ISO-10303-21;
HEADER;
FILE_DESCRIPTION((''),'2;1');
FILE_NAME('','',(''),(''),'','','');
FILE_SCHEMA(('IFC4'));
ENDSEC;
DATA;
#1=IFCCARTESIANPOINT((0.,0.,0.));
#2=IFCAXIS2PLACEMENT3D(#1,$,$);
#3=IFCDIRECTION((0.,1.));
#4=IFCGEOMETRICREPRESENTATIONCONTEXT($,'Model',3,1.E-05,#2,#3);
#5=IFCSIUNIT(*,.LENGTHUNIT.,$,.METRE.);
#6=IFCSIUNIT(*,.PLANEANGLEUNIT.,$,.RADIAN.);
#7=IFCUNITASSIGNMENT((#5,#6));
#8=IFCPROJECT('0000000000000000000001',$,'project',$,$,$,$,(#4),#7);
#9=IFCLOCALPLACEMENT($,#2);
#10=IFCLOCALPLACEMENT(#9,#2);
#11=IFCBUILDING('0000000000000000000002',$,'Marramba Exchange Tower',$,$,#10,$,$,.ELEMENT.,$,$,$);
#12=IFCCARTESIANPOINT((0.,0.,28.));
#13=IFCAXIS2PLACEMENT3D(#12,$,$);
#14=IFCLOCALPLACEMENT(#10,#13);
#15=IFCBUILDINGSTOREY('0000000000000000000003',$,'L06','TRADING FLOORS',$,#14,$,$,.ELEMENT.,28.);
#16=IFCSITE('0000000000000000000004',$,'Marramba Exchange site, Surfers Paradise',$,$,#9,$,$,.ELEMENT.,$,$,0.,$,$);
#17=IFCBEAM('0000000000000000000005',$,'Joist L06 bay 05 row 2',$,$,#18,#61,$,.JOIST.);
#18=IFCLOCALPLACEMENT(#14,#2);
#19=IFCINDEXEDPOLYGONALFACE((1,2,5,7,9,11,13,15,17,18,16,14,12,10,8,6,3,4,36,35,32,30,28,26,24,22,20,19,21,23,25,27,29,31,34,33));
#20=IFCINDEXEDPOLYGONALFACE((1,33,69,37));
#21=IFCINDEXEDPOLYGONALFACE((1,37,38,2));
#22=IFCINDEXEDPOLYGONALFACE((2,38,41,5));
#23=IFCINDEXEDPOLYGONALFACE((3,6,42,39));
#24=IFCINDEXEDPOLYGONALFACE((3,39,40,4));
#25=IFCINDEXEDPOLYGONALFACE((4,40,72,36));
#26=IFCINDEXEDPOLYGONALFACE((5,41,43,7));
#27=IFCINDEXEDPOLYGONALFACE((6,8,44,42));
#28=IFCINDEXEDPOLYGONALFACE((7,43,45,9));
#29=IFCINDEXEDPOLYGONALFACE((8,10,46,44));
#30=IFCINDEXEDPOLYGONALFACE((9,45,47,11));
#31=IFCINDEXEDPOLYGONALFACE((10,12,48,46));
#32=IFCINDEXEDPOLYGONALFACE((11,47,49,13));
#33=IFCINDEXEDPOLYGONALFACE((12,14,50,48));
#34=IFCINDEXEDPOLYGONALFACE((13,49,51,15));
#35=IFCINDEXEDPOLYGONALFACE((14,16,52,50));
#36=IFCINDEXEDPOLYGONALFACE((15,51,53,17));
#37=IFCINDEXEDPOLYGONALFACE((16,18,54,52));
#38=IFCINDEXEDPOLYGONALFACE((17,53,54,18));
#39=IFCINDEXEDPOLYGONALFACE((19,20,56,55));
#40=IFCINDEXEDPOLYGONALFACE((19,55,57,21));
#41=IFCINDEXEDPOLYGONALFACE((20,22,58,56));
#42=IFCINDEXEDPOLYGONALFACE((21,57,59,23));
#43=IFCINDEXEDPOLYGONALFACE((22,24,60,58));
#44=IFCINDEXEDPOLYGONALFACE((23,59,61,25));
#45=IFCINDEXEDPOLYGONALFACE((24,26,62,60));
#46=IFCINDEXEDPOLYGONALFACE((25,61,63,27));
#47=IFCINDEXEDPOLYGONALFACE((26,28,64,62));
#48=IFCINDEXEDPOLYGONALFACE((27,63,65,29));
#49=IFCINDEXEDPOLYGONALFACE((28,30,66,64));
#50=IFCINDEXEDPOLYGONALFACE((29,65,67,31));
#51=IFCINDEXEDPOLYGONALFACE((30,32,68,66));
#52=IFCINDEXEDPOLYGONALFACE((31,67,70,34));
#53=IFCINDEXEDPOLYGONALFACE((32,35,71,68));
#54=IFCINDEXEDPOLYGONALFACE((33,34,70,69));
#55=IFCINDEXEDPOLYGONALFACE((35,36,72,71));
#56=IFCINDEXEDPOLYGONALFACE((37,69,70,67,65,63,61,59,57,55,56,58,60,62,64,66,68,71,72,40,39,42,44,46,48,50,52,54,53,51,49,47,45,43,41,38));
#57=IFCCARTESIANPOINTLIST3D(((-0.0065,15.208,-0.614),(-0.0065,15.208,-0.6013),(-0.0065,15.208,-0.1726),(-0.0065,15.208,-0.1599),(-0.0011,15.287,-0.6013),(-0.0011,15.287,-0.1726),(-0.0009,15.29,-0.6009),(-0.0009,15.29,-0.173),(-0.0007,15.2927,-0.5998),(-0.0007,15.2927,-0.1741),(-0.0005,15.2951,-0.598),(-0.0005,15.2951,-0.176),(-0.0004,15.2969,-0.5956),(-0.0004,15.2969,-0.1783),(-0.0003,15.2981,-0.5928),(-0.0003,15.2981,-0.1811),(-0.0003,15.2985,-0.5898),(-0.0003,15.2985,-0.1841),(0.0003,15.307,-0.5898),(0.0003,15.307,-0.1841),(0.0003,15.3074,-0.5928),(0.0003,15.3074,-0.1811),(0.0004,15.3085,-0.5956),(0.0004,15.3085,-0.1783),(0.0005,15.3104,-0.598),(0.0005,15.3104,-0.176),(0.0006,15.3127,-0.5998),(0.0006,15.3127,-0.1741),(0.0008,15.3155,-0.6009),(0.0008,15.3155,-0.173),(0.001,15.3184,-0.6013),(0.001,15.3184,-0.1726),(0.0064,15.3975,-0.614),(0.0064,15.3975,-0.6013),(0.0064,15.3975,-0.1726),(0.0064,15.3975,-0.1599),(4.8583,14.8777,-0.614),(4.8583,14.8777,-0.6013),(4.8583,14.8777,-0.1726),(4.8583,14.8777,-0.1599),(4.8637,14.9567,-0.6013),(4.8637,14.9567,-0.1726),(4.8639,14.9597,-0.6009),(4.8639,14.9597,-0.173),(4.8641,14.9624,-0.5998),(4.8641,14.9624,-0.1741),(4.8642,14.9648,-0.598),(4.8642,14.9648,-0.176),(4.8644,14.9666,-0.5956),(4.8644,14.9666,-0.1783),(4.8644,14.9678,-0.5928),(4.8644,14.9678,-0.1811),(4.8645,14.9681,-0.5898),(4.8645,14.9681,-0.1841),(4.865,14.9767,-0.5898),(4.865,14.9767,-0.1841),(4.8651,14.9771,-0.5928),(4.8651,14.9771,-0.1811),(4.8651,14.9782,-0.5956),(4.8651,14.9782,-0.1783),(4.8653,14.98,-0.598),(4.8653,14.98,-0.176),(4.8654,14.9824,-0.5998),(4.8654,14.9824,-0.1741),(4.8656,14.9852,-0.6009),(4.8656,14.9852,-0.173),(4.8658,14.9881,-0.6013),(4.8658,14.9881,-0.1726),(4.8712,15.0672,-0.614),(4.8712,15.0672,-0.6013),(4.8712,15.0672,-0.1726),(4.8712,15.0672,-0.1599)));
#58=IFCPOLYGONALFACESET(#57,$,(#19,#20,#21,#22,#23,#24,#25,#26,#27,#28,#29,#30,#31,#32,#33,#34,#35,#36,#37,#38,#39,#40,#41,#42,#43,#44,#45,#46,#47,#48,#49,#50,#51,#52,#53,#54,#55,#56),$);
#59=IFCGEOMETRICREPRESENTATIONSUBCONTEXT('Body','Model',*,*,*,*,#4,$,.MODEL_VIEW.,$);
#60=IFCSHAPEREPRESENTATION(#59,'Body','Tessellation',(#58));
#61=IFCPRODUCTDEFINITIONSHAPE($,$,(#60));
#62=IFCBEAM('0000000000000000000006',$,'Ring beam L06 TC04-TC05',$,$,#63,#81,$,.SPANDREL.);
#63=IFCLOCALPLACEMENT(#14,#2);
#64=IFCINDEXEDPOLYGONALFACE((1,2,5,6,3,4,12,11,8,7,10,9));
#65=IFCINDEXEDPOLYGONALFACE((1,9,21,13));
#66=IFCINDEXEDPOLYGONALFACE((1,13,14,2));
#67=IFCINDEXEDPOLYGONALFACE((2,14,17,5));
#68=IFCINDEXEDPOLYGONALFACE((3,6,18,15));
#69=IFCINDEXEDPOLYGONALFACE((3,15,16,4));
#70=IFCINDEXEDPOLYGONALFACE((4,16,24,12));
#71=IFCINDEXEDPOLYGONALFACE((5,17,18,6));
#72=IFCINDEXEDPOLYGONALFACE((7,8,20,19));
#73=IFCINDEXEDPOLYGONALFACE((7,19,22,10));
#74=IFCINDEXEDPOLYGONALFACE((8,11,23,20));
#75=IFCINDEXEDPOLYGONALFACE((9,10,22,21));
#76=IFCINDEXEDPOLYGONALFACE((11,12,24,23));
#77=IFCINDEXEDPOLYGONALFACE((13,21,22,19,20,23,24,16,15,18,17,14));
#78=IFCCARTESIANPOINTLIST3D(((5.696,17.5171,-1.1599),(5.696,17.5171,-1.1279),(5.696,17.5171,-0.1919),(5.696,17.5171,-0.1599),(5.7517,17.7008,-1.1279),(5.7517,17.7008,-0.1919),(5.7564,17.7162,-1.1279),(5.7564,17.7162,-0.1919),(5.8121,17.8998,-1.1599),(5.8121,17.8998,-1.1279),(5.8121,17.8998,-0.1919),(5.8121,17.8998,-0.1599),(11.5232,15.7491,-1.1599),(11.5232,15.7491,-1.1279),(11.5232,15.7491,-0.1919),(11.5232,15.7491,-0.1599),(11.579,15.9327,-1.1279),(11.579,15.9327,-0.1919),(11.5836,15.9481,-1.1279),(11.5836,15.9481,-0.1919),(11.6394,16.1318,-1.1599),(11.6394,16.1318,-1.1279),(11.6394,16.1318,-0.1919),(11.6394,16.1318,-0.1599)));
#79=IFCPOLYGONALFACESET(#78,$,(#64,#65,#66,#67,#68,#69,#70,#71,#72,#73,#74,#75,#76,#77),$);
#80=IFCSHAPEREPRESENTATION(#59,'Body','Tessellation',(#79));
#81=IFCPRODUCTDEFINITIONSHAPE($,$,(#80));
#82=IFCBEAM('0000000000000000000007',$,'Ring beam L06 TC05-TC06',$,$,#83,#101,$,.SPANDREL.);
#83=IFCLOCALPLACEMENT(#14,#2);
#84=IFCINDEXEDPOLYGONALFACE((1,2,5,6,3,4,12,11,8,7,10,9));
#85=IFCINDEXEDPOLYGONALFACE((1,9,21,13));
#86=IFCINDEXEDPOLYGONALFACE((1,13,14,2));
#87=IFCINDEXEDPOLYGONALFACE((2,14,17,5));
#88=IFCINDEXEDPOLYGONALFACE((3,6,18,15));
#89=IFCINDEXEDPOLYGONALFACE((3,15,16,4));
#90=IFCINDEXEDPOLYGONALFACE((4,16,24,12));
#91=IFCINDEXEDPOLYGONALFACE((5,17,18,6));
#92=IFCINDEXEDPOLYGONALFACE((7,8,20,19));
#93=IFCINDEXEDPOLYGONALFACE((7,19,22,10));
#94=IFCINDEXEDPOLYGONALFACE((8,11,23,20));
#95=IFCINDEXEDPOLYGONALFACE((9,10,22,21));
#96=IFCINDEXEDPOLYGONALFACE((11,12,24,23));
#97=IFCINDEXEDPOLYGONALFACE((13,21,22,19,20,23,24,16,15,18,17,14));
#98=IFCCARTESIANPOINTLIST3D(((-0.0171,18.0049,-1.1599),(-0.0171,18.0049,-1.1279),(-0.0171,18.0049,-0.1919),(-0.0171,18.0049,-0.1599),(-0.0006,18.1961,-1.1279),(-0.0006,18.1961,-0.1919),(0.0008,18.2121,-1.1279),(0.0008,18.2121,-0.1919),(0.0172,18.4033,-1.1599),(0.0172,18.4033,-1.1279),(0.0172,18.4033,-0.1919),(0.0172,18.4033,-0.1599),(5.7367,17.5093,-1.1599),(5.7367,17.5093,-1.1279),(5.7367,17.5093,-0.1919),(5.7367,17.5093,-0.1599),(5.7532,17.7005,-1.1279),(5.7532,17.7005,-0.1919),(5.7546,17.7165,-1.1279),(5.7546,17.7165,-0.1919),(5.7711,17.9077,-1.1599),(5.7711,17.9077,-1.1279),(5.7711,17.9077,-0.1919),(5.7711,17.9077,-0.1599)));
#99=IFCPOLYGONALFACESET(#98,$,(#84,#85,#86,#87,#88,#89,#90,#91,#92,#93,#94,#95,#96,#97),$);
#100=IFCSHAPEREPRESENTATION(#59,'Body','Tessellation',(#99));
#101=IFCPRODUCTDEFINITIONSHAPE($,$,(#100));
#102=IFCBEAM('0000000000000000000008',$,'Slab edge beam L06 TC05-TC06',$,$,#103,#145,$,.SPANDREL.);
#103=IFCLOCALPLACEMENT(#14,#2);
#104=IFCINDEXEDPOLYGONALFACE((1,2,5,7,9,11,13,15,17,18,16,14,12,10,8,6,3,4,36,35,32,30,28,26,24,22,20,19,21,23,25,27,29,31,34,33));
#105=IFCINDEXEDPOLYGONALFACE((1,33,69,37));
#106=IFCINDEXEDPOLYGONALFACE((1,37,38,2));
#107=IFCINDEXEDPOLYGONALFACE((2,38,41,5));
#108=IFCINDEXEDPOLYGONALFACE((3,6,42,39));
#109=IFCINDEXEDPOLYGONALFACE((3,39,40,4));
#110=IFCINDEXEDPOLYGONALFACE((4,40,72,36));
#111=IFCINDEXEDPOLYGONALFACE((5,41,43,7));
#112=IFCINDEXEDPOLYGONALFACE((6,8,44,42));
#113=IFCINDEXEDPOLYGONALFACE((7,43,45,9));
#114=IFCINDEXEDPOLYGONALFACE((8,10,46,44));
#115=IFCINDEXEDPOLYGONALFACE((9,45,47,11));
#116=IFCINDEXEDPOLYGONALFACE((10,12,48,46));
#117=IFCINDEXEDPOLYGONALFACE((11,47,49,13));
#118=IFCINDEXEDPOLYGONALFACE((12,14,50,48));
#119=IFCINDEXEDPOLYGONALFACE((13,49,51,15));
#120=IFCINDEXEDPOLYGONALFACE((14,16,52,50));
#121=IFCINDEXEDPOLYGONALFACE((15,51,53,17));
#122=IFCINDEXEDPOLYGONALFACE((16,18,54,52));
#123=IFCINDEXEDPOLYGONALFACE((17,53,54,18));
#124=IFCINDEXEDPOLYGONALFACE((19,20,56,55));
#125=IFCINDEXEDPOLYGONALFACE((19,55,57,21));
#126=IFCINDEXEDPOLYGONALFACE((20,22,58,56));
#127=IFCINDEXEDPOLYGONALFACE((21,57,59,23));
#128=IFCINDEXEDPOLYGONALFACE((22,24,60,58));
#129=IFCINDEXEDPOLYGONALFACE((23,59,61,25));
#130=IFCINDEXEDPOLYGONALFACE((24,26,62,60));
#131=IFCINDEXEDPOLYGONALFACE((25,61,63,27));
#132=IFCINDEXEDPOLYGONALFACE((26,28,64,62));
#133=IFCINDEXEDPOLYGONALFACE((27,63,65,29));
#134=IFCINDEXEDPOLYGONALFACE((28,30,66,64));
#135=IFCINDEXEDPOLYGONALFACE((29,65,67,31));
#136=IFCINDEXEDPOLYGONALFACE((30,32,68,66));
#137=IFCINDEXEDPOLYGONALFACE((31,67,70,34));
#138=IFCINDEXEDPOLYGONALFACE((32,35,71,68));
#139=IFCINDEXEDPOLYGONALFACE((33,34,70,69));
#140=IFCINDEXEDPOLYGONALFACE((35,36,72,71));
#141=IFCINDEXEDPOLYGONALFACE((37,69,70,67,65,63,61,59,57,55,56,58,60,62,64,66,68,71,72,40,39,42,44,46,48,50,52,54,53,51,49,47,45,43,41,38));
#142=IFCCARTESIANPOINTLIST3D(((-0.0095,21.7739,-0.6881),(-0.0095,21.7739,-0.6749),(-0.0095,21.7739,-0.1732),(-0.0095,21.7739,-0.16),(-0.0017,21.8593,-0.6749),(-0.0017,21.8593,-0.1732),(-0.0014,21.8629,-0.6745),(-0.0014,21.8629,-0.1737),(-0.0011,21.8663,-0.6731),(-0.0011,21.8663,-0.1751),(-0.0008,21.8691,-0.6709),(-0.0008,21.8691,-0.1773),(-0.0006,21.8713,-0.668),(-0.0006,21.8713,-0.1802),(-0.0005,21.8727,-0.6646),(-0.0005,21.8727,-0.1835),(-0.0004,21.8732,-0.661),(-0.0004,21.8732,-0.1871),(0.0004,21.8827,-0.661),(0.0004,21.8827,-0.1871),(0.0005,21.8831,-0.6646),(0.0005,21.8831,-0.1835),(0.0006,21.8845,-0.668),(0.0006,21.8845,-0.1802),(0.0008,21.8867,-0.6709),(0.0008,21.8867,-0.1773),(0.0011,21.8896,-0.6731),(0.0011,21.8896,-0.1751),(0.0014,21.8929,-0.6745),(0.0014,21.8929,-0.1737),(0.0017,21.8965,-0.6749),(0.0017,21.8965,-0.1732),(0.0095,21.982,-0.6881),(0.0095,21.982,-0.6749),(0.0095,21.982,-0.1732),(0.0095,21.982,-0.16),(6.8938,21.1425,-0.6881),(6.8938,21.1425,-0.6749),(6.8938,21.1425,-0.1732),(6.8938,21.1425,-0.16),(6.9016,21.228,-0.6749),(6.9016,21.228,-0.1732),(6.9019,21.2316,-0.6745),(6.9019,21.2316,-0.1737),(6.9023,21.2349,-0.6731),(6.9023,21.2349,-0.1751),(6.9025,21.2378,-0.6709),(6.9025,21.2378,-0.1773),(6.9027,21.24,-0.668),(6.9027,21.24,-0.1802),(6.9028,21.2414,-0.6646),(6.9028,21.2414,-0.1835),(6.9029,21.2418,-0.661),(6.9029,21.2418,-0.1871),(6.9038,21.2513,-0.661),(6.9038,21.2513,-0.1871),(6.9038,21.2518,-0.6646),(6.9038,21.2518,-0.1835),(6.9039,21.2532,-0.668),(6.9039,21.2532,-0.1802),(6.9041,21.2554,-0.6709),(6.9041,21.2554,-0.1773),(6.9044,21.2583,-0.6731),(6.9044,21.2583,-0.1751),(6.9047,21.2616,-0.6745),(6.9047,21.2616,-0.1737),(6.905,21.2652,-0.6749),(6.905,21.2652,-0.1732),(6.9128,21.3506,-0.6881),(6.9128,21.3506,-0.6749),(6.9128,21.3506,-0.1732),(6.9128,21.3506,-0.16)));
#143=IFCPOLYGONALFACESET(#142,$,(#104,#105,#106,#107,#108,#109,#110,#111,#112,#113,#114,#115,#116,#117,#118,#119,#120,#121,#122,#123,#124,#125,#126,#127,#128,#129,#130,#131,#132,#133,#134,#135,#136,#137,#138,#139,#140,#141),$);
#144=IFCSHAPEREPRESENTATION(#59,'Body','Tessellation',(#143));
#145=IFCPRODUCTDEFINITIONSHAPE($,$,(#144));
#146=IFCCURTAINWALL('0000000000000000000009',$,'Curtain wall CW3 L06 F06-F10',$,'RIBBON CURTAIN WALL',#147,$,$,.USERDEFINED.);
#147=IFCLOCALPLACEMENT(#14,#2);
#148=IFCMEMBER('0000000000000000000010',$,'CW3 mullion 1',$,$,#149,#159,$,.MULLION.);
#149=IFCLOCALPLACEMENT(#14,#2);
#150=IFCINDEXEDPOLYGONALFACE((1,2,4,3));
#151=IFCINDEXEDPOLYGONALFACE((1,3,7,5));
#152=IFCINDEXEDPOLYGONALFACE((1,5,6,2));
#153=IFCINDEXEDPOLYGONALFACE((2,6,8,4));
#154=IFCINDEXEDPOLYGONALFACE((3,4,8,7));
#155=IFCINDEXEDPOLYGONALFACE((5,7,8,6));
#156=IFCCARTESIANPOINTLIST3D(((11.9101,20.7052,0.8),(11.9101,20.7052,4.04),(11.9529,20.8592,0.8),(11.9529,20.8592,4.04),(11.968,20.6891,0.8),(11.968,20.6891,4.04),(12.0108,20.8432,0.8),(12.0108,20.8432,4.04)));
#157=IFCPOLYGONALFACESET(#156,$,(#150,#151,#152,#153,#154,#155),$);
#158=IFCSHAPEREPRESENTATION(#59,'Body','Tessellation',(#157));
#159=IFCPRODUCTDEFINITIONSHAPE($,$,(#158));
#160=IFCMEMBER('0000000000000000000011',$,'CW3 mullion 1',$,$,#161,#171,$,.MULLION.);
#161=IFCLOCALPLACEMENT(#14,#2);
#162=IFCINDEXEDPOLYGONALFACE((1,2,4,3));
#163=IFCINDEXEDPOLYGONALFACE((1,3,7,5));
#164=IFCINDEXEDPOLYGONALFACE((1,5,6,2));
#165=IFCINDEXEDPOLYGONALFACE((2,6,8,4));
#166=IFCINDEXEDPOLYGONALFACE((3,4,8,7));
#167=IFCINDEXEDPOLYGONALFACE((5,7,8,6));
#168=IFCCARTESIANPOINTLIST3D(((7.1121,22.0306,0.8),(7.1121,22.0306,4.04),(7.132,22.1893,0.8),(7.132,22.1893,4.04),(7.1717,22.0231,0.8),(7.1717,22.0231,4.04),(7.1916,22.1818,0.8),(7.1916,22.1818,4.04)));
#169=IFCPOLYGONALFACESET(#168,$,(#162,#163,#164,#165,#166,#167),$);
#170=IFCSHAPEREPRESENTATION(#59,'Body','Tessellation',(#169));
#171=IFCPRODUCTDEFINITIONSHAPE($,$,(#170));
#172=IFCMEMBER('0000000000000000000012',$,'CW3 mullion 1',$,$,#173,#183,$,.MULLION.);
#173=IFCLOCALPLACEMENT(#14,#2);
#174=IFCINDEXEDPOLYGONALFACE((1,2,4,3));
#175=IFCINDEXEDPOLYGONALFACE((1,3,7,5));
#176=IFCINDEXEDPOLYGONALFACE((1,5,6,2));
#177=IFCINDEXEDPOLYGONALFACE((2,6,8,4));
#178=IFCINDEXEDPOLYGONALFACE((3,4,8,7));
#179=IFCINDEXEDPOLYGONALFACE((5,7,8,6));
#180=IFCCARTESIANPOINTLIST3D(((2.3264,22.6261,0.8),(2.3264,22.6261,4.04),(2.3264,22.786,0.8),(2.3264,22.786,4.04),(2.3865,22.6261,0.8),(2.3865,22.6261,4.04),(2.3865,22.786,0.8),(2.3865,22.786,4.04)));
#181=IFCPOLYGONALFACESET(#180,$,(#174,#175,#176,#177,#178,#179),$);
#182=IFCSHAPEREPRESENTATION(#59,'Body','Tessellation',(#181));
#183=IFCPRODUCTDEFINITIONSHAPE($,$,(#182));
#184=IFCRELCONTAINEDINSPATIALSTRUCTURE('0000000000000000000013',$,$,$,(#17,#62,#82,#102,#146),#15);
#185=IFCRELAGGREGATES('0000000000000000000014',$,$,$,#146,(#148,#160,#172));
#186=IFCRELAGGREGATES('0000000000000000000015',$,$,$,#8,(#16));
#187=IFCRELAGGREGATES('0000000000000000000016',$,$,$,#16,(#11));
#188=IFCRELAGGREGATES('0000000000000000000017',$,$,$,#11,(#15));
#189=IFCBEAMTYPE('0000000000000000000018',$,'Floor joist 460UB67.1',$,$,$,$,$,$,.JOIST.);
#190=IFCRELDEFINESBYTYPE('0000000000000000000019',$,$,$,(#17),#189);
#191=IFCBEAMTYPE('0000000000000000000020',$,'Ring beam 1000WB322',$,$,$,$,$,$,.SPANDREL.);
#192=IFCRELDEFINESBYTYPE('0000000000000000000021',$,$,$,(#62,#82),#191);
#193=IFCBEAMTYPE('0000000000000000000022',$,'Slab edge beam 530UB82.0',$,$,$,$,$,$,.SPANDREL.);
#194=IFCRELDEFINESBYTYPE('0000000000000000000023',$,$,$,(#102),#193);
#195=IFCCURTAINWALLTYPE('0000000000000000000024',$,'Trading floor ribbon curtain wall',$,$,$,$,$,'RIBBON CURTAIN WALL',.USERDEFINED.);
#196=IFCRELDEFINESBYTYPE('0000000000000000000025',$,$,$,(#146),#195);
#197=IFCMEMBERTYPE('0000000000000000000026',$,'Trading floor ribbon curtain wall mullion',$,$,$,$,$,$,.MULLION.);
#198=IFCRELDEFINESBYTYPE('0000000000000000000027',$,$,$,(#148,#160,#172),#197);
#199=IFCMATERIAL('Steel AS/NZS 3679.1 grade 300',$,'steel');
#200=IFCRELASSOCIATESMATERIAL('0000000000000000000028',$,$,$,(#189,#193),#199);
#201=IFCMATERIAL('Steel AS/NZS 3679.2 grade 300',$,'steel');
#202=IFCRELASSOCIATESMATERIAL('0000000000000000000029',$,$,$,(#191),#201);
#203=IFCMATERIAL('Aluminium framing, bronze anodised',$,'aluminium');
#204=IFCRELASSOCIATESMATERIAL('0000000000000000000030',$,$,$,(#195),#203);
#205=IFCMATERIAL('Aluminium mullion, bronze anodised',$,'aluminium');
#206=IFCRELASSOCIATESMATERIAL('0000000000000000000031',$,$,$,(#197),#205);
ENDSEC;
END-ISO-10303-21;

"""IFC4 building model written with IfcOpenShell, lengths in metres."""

from ifc_helpers import new_model, si_unit, direction, frame, origin, origin_2d, place, context, subcontext, project, spatial, rectangle, i_section, extrude, material, material_profile, profile_set, type_object, element, aggregate, save


model = new_model("IFC4")

# Units and contexts
model_context = context("Model", 3, precision=1e-05, world=origin(), true_north=direction((0.0, 1.0)))
body_context = subcontext(model_context, "Body", "Model", "MODEL_VIEW")
ifc_project = project(units=[si_unit("LENGTHUNIT", "METRE"), si_unit("PLANEANGLEUNIT", "RADIAN")], contexts=[model_context])

# Site, building, storey
site_placement = place(None, origin())
site = spatial("IfcSite", under=ifc_project, at=site_placement, Name="Marramba Exchange site, Surfers Paradise", CompositionType="ELEMENT", RefElevation=0.0)
building_placement = place(site_placement, origin())
building = spatial("IfcBuilding", under=site, at=building_placement, Name="Marramba Exchange Tower", CompositionType="ELEMENT")
storey_placement = place(building_placement, frame((0.0, 0.0, 28.0)))
storey = spatial("IfcBuildingStorey", under=building, at=storey_placement, Name="L06", Description="TRADING FLOORS", CompositionType="ELEMENT", Elevation=28.0)

# Beams
ifc_material_1 = material(Name="Steel AS/NZS 3679.2 grade 300", Category="steel")
ifc_material_2 = material(Name="Steel AS/NZS 3679.1 grade 300", Category="steel")
ifc_material_profile_1 = material_profile(ifc_material_2, i_section(OverallWidth=0.1899, OverallDepth=0.4541, WebThickness=0.0085, FlangeThickness=0.0127, FilletRadius=0.0115, at=origin_2d()), Name="460UB67.1")
ifc_profile_set_1 = profile_set([ifc_material_profile_1], Name="Steel AS/NZS 3679.1 grade 300")
beam_type_1 = type_object("IfcBeamType", Name="Floor joist 460UB67.1", PredefinedType="JOIST", material=ifc_profile_set_1)
beam_1_placement = place(storey_placement, frame((4.8647, 14.9724, -0.387), z_axis=(-0.997703, 0.067745, 0.0), x_axis=(-0.067745, -0.997703, 0.0)))
element("IfcBeam", 1, at=beam_1_placement, inside=storey, type_object=beam_type_1, Name="Joist L06 bay 05 row 2", PredefinedType="JOIST", context=body_context, shape_type="SweptSolid", body=[
    extrude(i_section(OverallWidth=0.1899, OverallDepth=0.4541, WebThickness=0.0085, FlangeThickness=0.0127, FilletRadius=0.0115, at=origin_2d()), origin(), (0.0, 0.0, 1.0), 4.876),
])
ifc_material_profile_2 = material_profile(ifc_material_1, i_section(OverallWidth=0.3999, OverallDepth=1.0, WebThickness=0.0161, FlangeThickness=0.032, at=origin_2d()), Name="1000WB322")
ifc_profile_set_2 = profile_set([ifc_material_profile_2], Name="Steel AS/NZS 3679.2 grade 300")
beam_type_2 = type_object("IfcBeamType", Name="Ring beam 1000WB322", PredefinedType="SPANDREL", material=ifc_profile_set_2)
beam_2_placement = place(storey_placement, frame((11.5813, 15.9404, -0.6599), z_axis=(-0.956925, 0.290337, 0.0), x_axis=(-0.290337, -0.956925, 0.0)))
element("IfcBeam", 2, at=beam_2_placement, inside=storey, type_object=beam_type_2, Name="Ring beam L06 TC04-TC05", PredefinedType="SPANDREL", context=body_context, shape_type="SweptSolid", body=[
    extrude(i_section(OverallWidth=0.3999, OverallDepth=1.0, WebThickness=0.0161, FlangeThickness=0.032, at=origin_2d()), origin(), (0.0, 0.0, 1.0), 6.0896),
])
beam_3_placement = place(storey_placement, frame((5.7539, 17.7085, -0.6599), z_axis=(-0.996311, 0.085816, 0.0), x_axis=(-0.085816, -0.996311, 0.0)))
element("IfcBeam", 3, at=beam_3_placement, inside=storey, type_object=beam_type_2, Name="Ring beam L06 TC05-TC06", PredefinedType="SPANDREL", context=body_context, shape_type="SweptSolid", body=[
    extrude(i_section(OverallWidth=0.3999, OverallDepth=1.0, WebThickness=0.0161, FlangeThickness=0.032, at=origin_2d()), origin(), (0.0, 0.0, 1.0), 5.7751),
])
ifc_material_profile_3 = material_profile(ifc_material_2, i_section(OverallWidth=0.209, OverallDepth=0.5281, WebThickness=0.0095, FlangeThickness=0.0132, FilletRadius=0.0139, at=origin_2d()), Name="530UB82.0")
ifc_profile_set_3 = profile_set([ifc_material_profile_3], Name="Steel AS/NZS 3679.1 grade 300")
beam_type_3 = type_object("IfcBeamType", Name="Slab edge beam 530UB82.0", PredefinedType="SPANDREL", material=ifc_profile_set_3)
beam_4_placement = place(storey_placement, frame((6.9033, 21.2466, -0.4241), z_axis=(-0.995844, 0.091076, 0.0), x_axis=(-0.091076, -0.995844, 0.0)))
element("IfcBeam", 4, at=beam_4_placement, inside=storey, type_object=beam_type_3, Name="Slab edge beam L06 TC05-TC06", PredefinedType="SPANDREL", context=body_context, shape_type="SweptSolid", body=[
    extrude(i_section(OverallWidth=0.209, OverallDepth=0.5281, WebThickness=0.0095, FlangeThickness=0.0132, FilletRadius=0.0139, at=origin_2d()), origin(), (0.0, 0.0, 1.0), 6.9321),
])

# Curtain wall, members
ifc_material_3 = material(Name="Aluminium framing, bronze anodised", Category="aluminium")
curtain_wall_type = type_object("IfcCurtainWallType", Name="Trading floor ribbon curtain wall", ElementType="RIBBON CURTAIN WALL", PredefinedType="USERDEFINED", material=ifc_material_3)
curtain_wall_placement = place(storey_placement, origin())
curtain_wall = element("IfcCurtainWall", 5, at=curtain_wall_placement, inside=storey, type_object=curtain_wall_type, Name="Curtain wall CW3 L06 F06-F10", ObjectType="RIBBON CURTAIN WALL", PredefinedType="USERDEFINED")
ifc_material_4 = material(Name="Aluminium mullion, bronze anodised", Category="aluminium")
ifc_material_profile_4 = material_profile(ifc_material_4, rectangle(XDim=0.1599, YDim=0.0601, at=origin_2d()), Name="CW3 mullion 60x160")
ifc_profile_set_4 = profile_set([ifc_material_profile_4], Name="Aluminium mullion, bronze anodised")
member_type_1 = type_object("IfcMemberType", Name="Trading floor ribbon curtain wall mullion", PredefinedType="MULLION", material=ifc_profile_set_4)
member_1_placement = place(storey_placement, frame((11.9604, 20.7742, 0.8), z_axis=(0.0, 0.0, 1.0), x_axis=(-0.267809, -0.963472, 0.0)))
member_1 = element("IfcMember", 6, at=member_1_placement, type_object=member_type_1, Name="CW3 mullion 1", PredefinedType="MULLION", context=body_context, shape_type="SweptSolid", body=[
    extrude(rectangle(XDim=0.1599, YDim=0.0601, at=origin_2d()), origin(), (0.0, 0.0, 1.0), 3.24),
])
member_2_placement = place(storey_placement, frame((7.1519, 22.1062, 0.8), z_axis=(0.0, 0.0, 1.0), x_axis=(-0.124873, -0.992173, 0.0)))
member_2 = element("IfcMember", 7, at=member_2_placement, type_object=member_type_1, Name="CW3 mullion 1", PredefinedType="MULLION", context=body_context, shape_type="SweptSolid", body=[
    extrude(rectangle(XDim=0.1599, YDim=0.0601, at=origin_2d()), origin(), (0.0, 0.0, 1.0), 3.24),
])
member_3_placement = place(storey_placement, frame((2.3564, 22.7061, 0.8), z_axis=(0.0, 0.0, 1.0), x_axis=(0.0, -1.0, 0.0)))
member_3 = element("IfcMember", 8, at=member_3_placement, type_object=member_type_1, Name="CW3 mullion 1", PredefinedType="MULLION", context=body_context, shape_type="SweptSolid", body=[
    extrude(rectangle(XDim=0.1599, YDim=0.0601, at=origin_2d()), origin(), (0.0, 0.0, 1.0), 3.24),
])
aggregate(curtain_wall, [member_1, member_2, member_3])

save(model, "model.ifc")
